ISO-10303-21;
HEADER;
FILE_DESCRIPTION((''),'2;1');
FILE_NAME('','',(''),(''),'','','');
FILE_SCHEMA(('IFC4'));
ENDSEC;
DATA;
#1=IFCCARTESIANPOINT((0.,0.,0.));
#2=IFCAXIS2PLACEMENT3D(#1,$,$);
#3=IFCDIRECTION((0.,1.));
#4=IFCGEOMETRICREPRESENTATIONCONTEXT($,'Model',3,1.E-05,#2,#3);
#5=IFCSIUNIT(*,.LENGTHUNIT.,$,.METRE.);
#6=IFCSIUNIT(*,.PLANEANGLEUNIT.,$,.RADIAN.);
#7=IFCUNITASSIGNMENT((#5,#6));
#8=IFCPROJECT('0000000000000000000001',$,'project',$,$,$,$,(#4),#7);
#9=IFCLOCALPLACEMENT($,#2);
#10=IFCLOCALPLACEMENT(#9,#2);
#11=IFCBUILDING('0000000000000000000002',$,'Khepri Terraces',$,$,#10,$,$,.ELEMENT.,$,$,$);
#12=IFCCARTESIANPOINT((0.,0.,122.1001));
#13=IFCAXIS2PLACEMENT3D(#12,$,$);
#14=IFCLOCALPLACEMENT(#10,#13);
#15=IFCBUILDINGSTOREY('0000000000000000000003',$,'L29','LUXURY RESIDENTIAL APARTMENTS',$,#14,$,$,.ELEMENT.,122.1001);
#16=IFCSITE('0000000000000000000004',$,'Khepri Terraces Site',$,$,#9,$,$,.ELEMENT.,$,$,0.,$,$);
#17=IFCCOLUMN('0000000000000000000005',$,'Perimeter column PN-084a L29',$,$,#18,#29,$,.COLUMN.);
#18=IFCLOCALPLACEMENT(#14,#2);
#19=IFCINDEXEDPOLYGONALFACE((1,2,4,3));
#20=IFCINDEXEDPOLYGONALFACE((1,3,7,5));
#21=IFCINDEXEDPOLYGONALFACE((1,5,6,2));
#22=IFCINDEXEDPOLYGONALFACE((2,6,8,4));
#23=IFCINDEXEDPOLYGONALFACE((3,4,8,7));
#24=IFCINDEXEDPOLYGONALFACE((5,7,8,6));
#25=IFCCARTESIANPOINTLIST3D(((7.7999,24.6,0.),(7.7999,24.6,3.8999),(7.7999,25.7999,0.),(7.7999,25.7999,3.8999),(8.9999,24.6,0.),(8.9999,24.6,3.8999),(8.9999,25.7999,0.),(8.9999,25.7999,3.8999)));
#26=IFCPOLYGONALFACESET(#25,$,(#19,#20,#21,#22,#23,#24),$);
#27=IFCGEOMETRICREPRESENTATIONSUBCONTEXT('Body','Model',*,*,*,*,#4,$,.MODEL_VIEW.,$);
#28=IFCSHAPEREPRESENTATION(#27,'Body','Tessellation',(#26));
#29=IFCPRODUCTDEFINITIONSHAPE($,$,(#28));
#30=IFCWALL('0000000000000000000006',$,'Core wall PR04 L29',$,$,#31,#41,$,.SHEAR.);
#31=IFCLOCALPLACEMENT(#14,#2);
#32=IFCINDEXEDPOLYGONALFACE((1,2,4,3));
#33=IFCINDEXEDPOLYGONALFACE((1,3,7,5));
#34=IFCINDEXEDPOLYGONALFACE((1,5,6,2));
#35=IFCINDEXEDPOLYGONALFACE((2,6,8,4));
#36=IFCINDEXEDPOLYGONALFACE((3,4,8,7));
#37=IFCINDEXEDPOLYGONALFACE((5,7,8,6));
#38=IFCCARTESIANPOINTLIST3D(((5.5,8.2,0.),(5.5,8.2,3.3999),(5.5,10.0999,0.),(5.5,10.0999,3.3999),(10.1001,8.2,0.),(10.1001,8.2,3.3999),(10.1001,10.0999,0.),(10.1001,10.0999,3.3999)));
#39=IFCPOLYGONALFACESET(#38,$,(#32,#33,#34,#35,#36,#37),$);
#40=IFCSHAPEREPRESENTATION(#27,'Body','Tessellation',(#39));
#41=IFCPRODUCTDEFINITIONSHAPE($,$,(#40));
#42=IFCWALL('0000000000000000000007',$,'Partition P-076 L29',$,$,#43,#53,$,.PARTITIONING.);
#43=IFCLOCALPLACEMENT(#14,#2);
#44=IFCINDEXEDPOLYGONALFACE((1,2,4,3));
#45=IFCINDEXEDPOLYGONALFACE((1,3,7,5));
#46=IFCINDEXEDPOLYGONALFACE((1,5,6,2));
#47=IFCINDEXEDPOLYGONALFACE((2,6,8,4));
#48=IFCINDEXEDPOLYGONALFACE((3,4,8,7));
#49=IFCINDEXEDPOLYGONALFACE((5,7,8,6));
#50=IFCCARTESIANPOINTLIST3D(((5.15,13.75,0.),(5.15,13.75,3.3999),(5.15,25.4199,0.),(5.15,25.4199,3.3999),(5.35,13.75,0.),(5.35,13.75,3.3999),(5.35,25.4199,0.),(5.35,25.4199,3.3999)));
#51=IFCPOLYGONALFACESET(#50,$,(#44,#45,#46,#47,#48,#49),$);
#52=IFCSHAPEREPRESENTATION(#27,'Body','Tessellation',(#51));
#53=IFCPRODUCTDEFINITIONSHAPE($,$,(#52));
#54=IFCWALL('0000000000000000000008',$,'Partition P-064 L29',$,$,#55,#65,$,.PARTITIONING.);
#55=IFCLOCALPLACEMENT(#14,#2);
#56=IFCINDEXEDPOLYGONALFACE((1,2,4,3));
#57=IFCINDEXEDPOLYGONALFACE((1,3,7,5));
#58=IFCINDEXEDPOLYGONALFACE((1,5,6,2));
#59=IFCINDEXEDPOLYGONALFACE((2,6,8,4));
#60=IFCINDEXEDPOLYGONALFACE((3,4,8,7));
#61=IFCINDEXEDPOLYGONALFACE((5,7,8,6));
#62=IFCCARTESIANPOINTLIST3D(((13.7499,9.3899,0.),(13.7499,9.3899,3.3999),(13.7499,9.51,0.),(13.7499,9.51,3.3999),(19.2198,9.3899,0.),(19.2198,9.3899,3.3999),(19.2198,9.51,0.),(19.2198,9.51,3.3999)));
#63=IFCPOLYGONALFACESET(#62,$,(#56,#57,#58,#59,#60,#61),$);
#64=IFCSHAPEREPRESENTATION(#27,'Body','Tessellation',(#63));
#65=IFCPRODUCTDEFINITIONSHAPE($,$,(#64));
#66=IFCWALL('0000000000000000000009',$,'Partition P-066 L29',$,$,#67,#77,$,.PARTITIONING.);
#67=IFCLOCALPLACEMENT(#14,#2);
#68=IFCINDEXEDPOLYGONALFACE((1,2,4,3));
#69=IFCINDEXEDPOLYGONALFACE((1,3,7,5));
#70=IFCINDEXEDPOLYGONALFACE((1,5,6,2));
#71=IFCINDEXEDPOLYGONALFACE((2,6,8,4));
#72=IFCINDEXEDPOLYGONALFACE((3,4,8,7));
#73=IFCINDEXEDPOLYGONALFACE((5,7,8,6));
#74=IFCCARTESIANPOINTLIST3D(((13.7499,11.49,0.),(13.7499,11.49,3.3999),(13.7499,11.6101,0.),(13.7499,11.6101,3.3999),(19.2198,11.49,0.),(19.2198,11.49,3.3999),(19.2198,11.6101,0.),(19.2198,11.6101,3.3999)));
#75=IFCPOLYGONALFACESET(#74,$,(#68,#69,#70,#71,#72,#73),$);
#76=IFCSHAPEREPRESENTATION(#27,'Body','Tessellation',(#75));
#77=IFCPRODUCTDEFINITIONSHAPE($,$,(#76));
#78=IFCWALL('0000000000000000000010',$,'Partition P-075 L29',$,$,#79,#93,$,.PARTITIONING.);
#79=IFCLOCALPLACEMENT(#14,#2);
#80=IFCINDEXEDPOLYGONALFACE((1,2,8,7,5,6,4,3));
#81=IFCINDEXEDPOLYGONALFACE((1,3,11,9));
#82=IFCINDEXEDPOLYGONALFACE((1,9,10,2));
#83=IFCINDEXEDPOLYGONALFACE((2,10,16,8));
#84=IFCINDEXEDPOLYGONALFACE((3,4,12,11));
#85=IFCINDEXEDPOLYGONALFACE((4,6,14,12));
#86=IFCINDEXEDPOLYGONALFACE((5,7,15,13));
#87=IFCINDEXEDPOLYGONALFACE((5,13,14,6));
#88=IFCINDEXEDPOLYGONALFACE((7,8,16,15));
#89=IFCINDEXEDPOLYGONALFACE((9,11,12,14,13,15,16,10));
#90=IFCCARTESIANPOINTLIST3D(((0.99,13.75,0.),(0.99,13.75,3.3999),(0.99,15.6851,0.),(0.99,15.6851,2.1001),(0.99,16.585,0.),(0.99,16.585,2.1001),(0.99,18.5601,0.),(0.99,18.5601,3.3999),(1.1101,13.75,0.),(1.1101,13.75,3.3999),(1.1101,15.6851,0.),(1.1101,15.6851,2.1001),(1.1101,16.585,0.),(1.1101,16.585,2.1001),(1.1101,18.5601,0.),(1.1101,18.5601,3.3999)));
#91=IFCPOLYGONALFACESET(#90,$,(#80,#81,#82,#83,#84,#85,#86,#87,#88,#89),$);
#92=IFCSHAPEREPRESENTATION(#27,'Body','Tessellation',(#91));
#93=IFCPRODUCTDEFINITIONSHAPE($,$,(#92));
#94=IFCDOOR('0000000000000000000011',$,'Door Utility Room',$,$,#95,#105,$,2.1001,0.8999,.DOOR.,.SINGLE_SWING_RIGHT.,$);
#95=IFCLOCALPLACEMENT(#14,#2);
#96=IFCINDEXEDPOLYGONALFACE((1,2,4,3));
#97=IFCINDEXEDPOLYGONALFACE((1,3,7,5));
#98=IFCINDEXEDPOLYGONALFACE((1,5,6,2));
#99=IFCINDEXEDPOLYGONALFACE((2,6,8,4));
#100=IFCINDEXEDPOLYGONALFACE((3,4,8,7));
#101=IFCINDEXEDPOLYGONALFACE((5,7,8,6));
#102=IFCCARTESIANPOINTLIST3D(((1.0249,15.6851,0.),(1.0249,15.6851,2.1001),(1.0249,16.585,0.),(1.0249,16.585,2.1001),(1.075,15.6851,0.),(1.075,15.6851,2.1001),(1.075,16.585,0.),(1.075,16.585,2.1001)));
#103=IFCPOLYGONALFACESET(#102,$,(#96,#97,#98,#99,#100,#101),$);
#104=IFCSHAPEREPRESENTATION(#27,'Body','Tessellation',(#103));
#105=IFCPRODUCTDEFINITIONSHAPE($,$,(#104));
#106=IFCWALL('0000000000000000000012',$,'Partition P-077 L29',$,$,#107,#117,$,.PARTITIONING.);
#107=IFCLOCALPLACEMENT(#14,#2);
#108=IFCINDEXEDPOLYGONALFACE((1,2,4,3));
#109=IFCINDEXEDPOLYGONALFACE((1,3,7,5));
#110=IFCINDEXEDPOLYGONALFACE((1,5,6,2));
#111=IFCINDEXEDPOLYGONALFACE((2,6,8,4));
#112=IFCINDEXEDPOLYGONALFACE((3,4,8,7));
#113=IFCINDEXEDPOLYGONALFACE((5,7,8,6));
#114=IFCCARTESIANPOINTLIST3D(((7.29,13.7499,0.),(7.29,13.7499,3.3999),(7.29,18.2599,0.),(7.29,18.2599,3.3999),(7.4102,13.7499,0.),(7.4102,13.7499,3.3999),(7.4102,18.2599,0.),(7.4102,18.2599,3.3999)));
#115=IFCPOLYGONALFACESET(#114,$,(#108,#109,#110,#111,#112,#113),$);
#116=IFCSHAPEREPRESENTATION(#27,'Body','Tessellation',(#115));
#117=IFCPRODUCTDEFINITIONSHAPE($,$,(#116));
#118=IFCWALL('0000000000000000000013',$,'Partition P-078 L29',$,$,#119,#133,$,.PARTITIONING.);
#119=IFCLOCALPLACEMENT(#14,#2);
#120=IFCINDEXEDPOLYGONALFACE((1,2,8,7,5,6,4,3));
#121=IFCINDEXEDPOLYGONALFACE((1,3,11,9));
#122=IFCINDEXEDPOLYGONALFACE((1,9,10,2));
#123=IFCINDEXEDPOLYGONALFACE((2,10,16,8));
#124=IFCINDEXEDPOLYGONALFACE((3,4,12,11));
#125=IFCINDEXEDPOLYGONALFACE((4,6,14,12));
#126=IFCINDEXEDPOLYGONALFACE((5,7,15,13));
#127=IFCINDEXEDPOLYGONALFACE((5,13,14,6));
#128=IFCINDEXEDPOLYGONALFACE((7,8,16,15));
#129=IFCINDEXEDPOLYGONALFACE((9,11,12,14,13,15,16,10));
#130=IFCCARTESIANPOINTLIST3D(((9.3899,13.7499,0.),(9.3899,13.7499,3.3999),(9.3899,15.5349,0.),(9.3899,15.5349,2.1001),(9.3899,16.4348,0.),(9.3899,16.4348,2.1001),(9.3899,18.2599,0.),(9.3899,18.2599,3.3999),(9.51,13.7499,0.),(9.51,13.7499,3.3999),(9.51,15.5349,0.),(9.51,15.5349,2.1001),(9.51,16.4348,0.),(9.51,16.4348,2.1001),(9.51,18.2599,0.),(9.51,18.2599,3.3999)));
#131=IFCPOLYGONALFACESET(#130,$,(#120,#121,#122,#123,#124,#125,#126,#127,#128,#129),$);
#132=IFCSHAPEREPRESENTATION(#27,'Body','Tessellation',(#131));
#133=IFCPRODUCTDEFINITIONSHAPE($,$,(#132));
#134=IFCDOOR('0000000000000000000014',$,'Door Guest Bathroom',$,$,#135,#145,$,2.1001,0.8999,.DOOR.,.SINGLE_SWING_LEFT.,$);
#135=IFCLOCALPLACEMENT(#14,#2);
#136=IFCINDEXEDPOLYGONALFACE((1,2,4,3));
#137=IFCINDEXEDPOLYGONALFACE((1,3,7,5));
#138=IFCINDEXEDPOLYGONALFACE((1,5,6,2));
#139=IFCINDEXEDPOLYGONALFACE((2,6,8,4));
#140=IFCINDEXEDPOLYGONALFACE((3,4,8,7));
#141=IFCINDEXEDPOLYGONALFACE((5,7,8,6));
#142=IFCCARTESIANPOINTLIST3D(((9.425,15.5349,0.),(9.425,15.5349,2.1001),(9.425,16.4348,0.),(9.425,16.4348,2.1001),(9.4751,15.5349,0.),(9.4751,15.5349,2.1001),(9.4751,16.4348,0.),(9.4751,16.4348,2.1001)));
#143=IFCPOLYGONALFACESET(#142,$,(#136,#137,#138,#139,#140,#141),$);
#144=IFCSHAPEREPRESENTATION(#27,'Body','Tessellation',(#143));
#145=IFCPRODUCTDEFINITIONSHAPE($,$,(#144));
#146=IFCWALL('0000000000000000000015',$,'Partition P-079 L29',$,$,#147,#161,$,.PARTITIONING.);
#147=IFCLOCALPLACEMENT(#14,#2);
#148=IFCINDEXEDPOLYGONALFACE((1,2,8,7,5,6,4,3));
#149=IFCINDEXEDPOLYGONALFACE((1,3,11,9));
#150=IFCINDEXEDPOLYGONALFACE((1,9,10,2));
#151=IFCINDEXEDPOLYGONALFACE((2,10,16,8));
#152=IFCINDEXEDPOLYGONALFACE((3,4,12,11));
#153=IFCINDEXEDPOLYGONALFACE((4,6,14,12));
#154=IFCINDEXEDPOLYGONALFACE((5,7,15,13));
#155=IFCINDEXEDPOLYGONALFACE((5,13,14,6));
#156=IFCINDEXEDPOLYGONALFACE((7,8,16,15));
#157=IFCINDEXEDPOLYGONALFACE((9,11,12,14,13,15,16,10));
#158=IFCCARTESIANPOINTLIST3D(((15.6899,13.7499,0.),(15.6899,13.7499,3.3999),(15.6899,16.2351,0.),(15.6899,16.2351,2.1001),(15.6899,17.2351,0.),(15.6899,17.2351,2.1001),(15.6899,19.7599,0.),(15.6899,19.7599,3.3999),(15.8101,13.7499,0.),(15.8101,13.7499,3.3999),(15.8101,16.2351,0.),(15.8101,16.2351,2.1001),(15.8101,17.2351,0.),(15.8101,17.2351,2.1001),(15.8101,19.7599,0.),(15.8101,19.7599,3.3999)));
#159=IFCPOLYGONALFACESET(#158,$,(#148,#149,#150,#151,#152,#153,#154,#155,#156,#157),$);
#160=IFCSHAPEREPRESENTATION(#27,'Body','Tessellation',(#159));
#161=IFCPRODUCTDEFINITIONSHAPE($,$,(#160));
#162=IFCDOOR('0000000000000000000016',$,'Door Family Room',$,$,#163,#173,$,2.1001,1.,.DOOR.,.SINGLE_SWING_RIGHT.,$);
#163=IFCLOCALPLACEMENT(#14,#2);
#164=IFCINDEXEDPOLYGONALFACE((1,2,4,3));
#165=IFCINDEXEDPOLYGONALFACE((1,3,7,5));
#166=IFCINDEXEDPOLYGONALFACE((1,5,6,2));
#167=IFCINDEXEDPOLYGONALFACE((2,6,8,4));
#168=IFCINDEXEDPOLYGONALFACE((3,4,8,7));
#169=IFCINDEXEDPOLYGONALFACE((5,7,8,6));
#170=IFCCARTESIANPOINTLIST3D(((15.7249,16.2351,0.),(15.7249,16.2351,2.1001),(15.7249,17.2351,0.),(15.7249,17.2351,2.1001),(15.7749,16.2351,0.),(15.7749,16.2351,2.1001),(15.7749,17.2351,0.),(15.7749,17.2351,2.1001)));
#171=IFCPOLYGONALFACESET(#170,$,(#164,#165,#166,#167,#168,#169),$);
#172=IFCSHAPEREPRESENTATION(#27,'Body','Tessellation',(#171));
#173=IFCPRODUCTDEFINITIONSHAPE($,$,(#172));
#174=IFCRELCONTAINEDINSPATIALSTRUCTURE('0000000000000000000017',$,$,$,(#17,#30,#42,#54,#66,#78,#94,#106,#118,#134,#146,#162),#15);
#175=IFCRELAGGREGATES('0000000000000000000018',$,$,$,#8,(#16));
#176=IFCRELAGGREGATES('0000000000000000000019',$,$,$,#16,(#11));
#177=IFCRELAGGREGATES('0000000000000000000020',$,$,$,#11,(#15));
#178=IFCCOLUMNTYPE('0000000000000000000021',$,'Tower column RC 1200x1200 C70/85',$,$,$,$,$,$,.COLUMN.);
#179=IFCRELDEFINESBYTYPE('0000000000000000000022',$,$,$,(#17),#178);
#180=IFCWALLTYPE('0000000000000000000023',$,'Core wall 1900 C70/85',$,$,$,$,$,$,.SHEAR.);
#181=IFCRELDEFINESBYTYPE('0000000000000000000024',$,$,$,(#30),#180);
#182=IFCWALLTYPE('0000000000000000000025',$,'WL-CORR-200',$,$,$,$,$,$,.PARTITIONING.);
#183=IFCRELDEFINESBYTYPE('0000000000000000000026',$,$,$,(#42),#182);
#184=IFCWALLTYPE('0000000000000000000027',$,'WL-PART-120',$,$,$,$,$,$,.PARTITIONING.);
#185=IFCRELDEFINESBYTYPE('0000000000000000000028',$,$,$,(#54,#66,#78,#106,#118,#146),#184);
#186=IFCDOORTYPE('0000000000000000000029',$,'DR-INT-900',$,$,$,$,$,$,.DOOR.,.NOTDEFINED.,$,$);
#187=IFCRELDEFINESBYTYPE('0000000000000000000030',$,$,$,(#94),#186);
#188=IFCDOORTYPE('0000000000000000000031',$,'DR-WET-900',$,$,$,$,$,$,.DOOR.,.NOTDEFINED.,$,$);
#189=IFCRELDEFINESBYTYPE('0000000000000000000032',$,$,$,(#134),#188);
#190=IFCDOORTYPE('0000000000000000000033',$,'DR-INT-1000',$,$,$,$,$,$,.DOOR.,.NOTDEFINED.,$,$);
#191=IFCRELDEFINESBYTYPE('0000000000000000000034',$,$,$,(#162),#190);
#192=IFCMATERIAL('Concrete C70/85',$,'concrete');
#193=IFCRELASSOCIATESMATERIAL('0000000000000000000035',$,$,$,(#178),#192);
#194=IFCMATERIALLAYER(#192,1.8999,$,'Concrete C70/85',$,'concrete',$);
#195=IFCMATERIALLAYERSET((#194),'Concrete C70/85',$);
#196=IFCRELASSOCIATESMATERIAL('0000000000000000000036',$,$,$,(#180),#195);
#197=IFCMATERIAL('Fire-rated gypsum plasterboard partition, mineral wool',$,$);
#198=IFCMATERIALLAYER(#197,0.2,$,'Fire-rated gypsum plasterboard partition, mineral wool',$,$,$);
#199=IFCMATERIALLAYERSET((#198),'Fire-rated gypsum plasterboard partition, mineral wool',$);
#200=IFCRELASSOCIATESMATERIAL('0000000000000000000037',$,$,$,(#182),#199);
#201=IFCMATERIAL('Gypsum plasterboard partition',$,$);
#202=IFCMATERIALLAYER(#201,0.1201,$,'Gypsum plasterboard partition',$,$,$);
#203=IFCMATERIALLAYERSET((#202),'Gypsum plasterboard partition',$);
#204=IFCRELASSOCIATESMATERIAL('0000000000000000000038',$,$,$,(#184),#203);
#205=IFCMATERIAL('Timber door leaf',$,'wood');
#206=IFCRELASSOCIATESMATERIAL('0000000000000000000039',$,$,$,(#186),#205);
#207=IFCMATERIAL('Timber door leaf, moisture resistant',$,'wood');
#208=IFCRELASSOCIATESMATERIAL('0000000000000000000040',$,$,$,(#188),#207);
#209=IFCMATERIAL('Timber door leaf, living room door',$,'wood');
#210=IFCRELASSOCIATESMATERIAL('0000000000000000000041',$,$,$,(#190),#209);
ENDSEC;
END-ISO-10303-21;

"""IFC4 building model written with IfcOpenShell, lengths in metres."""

from ifc_helpers import new_model, si_unit, direction, frame, frame_2d, origin, origin_2d, place, context, subcontext, project, spatial, rectangle, extrude, material, layer, layer_set, material_profile, profile_set, type_object, element, fill, save


model = new_model("IFC4")

# Units and contexts
model_context = context("Model", 3, precision=1e-05, world=origin(), true_north=direction((0.0, 1.0)))
body_context = subcontext(model_context, "Body", "Model", "MODEL_VIEW")
ifc_project = project(units=[si_unit("LENGTHUNIT", "METRE"), si_unit("PLANEANGLEUNIT", "RADIAN")], contexts=[model_context])

# Site, building, storey
site_placement = place(None, origin())
site = spatial("IfcSite", under=ifc_project, at=site_placement, Name="Khepri Terraces Site", CompositionType="ELEMENT", RefElevation=0.0)
building_placement = place(site_placement, origin())
building = spatial("IfcBuilding", under=site, at=building_placement, Name="Khepri Terraces", CompositionType="ELEMENT")
storey_placement = place(building_placement, frame((0.0, 0.0, 122.1001)))
storey = spatial("IfcBuildingStorey", under=building, at=storey_placement, Name="L29", Description="LUXURY RESIDENTIAL APARTMENTS", CompositionType="ELEMENT", Elevation=122.1001)

# Column
ifc_material_1 = material(Name="Concrete C70/85", Category="concrete")
ifc_material_profile = material_profile(ifc_material_1, rectangle(XDim=1.2, YDim=1.2, at=origin_2d()), Name="Concrete C70/85", Category="concrete")
ifc_profile_set = profile_set([ifc_material_profile], Name="Concrete C70/85")
column_type = type_object("IfcColumnType", Name="Tower column RC 1200x1200 C70/85", PredefinedType="COLUMN", material=ifc_profile_set)
column_placement = place(storey_placement, frame((8.3999, 25.2, 0.0), z_axis=(0.0, 0.0, 1.0), x_axis=(1.0, 0.0, 0.0)))
element("IfcColumn", 1, at=column_placement, inside=storey, type_object=column_type, Name="Perimeter column PN-084a L29", PredefinedType="COLUMN", context=body_context, shape_type="SweptSolid", body=[
    extrude(rectangle(XDim=1.2, YDim=1.2, at=origin_2d()), origin(), (0.0, 0.0, 1.0), 3.8999),
])

# Walls
ifc_layer_1 = layer(ifc_material_1, 1.8999, Name="Concrete C70/85", Category="concrete")
ifc_layer_set_1 = layer_set([ifc_layer_1], Name="Concrete C70/85")
wall_type_1 = type_object("IfcWallType", Name="Core wall 1900 C70/85", PredefinedType="SHEAR", material=ifc_layer_set_1)
wall_1_placement = place(storey_placement, frame((5.5, 9.1499, 0.0), z_axis=(0.0, 0.0, 1.0), x_axis=(1.0, 0.0, 0.0)))
element("IfcWall", 2, at=wall_1_placement, inside=storey, type_object=wall_type_1, Name="Core wall PR04 L29", PredefinedType="SHEAR", context=body_context, shape_type="SweptSolid", body=[
    extrude(rectangle(XDim=4.6001, YDim=1.8999, at=frame_2d((2.3, 0.0))), origin(), (0.0, 0.0, 1.0), 3.3999),
])
ifc_material_2 = material(Name="Fire-rated gypsum plasterboard partition, mineral wool")
ifc_layer_2 = layer(ifc_material_2, 0.2, Name="Fire-rated gypsum plasterboard partition, mineral wool")
ifc_layer_set_2 = layer_set([ifc_layer_2], Name="Fire-rated gypsum plasterboard partition, mineral wool")
wall_type_2 = type_object("IfcWallType", Name="WL-CORR-200", PredefinedType="PARTITIONING", material=ifc_layer_set_2)
wall_2_placement = place(storey_placement, frame((5.25, 13.75, 0.0), z_axis=(0.0, 0.0, 1.0), x_axis=(0.0, 1.0, 0.0)))
element("IfcWall", 3, at=wall_2_placement, inside=storey, type_object=wall_type_2, Name="Partition P-076 L29", PredefinedType="PARTITIONING", context=body_context, shape_type="SweptSolid", body=[
    extrude(rectangle(XDim=11.6699, YDim=0.2, at=frame_2d((5.835, 0.0))), origin(), (0.0, 0.0, 1.0), 3.3999),
])

# Walls
ifc_material_3 = material(Name="Gypsum plasterboard partition")
ifc_layer_3 = layer(ifc_material_3, 0.1201, Name="Gypsum plasterboard partition")
ifc_layer_set_3 = layer_set([ifc_layer_3], Name="Gypsum plasterboard partition")
wall_type_3 = type_object("IfcWallType", Name="WL-PART-120", PredefinedType="PARTITIONING", material=ifc_layer_set_3)
for number, where, z_axis, x_axis, name in (
    (4, (13.75, 9.45, 0.0), (0.0, 0.0, 1.0), (1.0, 0.0, 0.0), "Partition P-064 L29"),
    (5, (13.75, 11.55, 0.0), (0.0, 0.0, 1.0), (1.0, 0.0, 0.0), "Partition P-066 L29"),
):
    element("IfcWall", number, at=place(storey_placement, frame(where, z_axis=z_axis, x_axis=x_axis)), inside=storey, type_object=wall_type_3, Name=name, PredefinedType="PARTITIONING", context=body_context, shape_type="SweptSolid", body=[
        extrude(rectangle(XDim=5.47, YDim=0.1201, at=frame_2d((2.7349, 0.0))), origin(), (0.0, 0.0, 1.0), 3.3999),
    ])

# Wall, opening, door
wall_3_placement = place(storey_placement, frame((1.05, 13.75, 0.0), z_axis=(0.0, 0.0, 1.0), x_axis=(0.0, 1.0, 0.0)))
wall_3 = element("IfcWall", 6, at=wall_3_placement, inside=storey, type_object=wall_type_3, Name="Partition P-075 L29", PredefinedType="PARTITIONING", context=body_context, shape_type="SweptSolid", body=[
    extrude(rectangle(XDim=4.8101, YDim=0.1201, at=frame_2d((2.405, 0.0))), origin(), (0.0, 0.0, 1.0), 3.3999),
])
opening_1_placement = place(wall_3_placement, frame((1.9351, 0.0, 0.0)))
opening_1 = element("IfcOpeningElement", 7, at=opening_1_placement, cuts=wall_3, PredefinedType="OPENING", context=body_context, shape_type="SweptSolid", body=[
    extrude(rectangle(XDim=0.8999, YDim=2.1001, at=frame_2d((0.45, 1.05))), frame((0.0, 0.0701, 0.0), z_axis=(0.0, -1.0, 0.0), x_axis=(1.0, 0.0, 0.0)), (0.0, 0.0, 1.0), 0.1401),
])
ifc_material_4 = material(Name="Timber door leaf", Category="wood")
door_type_1 = type_object("IfcDoorType", Name="DR-INT-900", OperationType="NOTDEFINED", PredefinedType="DOOR", material=ifc_material_4)
door_1_placement = place(opening_1_placement, frame((0.8999, 0.0, 0.0), z_axis=(0.0, 0.0, 1.0), x_axis=(-1.0, 0.0, 0.0)))
door_1 = element("IfcDoor", 8, at=door_1_placement, inside=storey, type_object=door_type_1, Name="Door Utility Room", OperationType="SINGLE_SWING_RIGHT", OverallHeight=2.1001, OverallWidth=0.8999, PredefinedType="DOOR", context=body_context, shape_type="SweptSolid", body=[
    extrude(rectangle(XDim=0.8999, YDim=2.1001, at=frame_2d((0.45, 1.05))), frame((0.0, 0.0249, 0.0), z_axis=(0.0, -1.0, 0.0), x_axis=(1.0, 0.0, 0.0)), (0.0, 0.0, 1.0), 0.05),
])
fill(opening_1, door_1)

# Wall
wall_4_placement = place(storey_placement, frame((7.3501, 13.75, 0.0), z_axis=(0.0, 0.0, 1.0), x_axis=(0.0, 1.0, 0.0)))
element("IfcWall", 9, at=wall_4_placement, inside=storey, type_object=wall_type_3, Name="Partition P-077 L29", PredefinedType="PARTITIONING", context=body_context, shape_type="SweptSolid", body=[
    extrude(rectangle(XDim=4.51, YDim=0.1201, at=frame_2d((2.2549, 0.0))), origin(), (0.0, 0.0, 1.0), 3.3999),
])

# Walls, openings, doors
wall_5_placement = place(storey_placement, frame((9.45, 13.75, 0.0), z_axis=(0.0, 0.0, 1.0), x_axis=(0.0, 1.0, 0.0)))
wall_5 = element("IfcWall", 10, at=wall_5_placement, inside=storey, type_object=wall_type_3, Name="Partition P-078 L29", PredefinedType="PARTITIONING", context=body_context, shape_type="SweptSolid", body=[
    extrude(rectangle(XDim=4.51, YDim=0.1201, at=frame_2d((2.2549, 0.0))), origin(), (0.0, 0.0, 1.0), 3.3999),
])
opening_2_placement = place(wall_5_placement, frame((1.7849, 0.0, 0.0)))
opening_2 = element("IfcOpeningElement", 11, at=opening_2_placement, cuts=wall_5, PredefinedType="OPENING", context=body_context, shape_type="SweptSolid", body=[
    extrude(rectangle(XDim=0.8999, YDim=2.1001, at=frame_2d((0.45, 1.05))), frame((0.0, 0.0701, 0.0), z_axis=(0.0, -1.0, 0.0), x_axis=(1.0, 0.0, 0.0)), (0.0, 0.0, 1.0), 0.1401),
])
ifc_material_5 = material(Name="Timber door leaf, moisture resistant", Category="wood")
door_type_2 = type_object("IfcDoorType", Name="DR-WET-900", OperationType="NOTDEFINED", PredefinedType="DOOR", material=ifc_material_5)
door_2_placement = place(opening_2_placement, origin())
door_2 = element("IfcDoor", 12, at=door_2_placement, inside=storey, type_object=door_type_2, Name="Door Guest Bathroom", OperationType="SINGLE_SWING_LEFT", OverallHeight=2.1001, OverallWidth=0.8999, PredefinedType="DOOR", context=body_context, shape_type="SweptSolid", body=[
    extrude(rectangle(XDim=0.8999, YDim=2.1001, at=frame_2d((0.45, 1.05))), frame((0.0, 0.0249, 0.0), z_axis=(0.0, -1.0, 0.0), x_axis=(1.0, 0.0, 0.0)), (0.0, 0.0, 1.0), 0.05),
])
fill(opening_2, door_2)
wall_6_placement = place(storey_placement, frame((15.75, 13.75, 0.0), z_axis=(0.0, 0.0, 1.0), x_axis=(0.0, 1.0, 0.0)))
wall_6 = element("IfcWall", 13, at=wall_6_placement, inside=storey, type_object=wall_type_3, Name="Partition P-079 L29", PredefinedType="PARTITIONING", context=body_context, shape_type="SweptSolid", body=[
    extrude(rectangle(XDim=6.01, YDim=0.1201, at=frame_2d((3.0049, 0.0))), origin(), (0.0, 0.0, 1.0), 3.3999),
])
opening_3_placement = place(wall_6_placement, frame((2.4851, 0.0, 0.0)))
opening_3 = element("IfcOpeningElement", 14, at=opening_3_placement, cuts=wall_6, PredefinedType="OPENING", context=body_context, shape_type="SweptSolid", body=[
    extrude(rectangle(XDim=1.0, YDim=2.1001, at=frame_2d((0.5, 1.05))), frame((0.0, 0.0701, 0.0), z_axis=(0.0, -1.0, 0.0), x_axis=(1.0, 0.0, 0.0)), (0.0, 0.0, 1.0), 0.1401),
])
ifc_material_6 = material(Name="Timber door leaf, living room door", Category="wood")
door_type_3 = type_object("IfcDoorType", Name="DR-INT-1000", OperationType="NOTDEFINED", PredefinedType="DOOR", material=ifc_material_6)
door_3_placement = place(opening_3_placement, frame((1.0, 0.0, 0.0), z_axis=(0.0, 0.0, 1.0), x_axis=(-1.0, 0.0, 0.0)))
door_3 = element("IfcDoor", 15, at=door_3_placement, inside=storey, type_object=door_type_3, Name="Door Family Room", OperationType="SINGLE_SWING_RIGHT", OverallHeight=2.1001, OverallWidth=1.0, PredefinedType="DOOR", context=body_context, shape_type="SweptSolid", body=[
    extrude(rectangle(XDim=1.0, YDim=2.1001, at=frame_2d((0.5, 1.05))), frame((0.0, 0.0249, 0.0), z_axis=(0.0, -1.0, 0.0), x_axis=(1.0, 0.0, 0.0)), (0.0, 0.0, 1.0), 0.05),
])
fill(opening_3, door_3)

save(model, "model.ifc")
